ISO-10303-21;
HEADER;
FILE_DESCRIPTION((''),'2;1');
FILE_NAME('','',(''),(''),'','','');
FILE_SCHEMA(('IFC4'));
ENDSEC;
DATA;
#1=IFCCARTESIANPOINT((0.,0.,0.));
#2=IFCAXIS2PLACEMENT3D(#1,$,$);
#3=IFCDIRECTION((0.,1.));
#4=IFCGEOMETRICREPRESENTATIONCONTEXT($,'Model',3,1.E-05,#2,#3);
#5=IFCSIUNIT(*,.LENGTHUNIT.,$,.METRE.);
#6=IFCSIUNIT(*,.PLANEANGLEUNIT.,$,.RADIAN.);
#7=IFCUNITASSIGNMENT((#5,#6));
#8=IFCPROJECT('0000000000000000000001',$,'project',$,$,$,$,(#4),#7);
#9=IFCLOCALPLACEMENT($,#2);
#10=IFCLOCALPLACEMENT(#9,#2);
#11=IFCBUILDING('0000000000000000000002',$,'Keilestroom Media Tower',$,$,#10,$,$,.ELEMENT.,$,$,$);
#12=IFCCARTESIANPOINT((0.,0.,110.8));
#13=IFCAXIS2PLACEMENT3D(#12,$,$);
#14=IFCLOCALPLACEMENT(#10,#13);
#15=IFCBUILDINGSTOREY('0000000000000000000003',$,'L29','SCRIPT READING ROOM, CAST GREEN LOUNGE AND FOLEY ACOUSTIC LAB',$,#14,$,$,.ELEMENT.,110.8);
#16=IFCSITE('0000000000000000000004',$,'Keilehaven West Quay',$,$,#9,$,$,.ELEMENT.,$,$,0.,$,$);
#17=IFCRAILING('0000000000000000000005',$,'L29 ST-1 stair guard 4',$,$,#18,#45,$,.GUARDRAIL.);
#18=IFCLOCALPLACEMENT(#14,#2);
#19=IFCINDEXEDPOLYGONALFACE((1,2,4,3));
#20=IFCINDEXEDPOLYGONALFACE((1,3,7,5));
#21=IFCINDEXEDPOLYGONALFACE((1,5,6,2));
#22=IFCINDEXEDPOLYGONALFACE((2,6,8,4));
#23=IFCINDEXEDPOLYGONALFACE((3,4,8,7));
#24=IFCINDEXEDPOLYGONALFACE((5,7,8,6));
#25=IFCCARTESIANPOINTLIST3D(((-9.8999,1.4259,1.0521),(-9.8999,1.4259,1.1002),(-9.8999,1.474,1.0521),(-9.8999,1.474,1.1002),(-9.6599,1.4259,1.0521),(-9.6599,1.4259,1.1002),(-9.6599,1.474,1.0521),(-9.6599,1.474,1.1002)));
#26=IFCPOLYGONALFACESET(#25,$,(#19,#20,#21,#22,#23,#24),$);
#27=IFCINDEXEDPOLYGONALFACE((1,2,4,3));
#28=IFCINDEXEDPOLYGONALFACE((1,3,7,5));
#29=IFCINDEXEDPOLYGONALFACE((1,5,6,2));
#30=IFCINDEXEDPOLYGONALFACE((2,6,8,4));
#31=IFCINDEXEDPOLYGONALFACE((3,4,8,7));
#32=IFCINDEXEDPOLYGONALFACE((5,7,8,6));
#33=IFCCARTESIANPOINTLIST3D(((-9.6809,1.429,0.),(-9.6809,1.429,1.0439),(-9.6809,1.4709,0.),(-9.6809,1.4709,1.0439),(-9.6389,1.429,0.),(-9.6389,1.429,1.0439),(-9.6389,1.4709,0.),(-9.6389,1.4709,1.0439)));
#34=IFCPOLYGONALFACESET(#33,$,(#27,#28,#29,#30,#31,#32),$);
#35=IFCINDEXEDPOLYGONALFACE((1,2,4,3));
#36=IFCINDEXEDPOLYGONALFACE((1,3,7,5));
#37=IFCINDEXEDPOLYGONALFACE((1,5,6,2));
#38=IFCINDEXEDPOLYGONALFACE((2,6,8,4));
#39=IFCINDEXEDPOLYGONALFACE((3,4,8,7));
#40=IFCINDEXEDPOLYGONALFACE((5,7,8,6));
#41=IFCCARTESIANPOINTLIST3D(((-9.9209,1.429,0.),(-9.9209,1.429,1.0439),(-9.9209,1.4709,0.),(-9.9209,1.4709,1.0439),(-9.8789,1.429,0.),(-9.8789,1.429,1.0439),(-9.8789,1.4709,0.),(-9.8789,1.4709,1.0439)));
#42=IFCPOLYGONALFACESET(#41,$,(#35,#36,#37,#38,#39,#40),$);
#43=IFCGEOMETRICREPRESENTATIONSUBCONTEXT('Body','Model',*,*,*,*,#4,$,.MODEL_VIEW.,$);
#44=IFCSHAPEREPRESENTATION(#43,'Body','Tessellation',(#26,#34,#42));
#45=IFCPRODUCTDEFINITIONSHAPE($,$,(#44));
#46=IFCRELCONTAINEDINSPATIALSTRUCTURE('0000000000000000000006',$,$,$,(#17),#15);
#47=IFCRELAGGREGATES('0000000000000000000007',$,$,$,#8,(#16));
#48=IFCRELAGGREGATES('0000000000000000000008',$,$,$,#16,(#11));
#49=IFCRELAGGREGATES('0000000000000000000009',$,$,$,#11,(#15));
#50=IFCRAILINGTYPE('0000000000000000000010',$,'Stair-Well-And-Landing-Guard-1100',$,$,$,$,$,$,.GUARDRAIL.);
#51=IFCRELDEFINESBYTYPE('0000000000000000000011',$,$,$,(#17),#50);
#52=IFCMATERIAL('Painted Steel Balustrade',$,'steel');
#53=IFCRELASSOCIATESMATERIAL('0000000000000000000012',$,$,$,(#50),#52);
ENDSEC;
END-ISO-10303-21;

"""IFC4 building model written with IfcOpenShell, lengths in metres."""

from ifc_helpers import new_model, si_unit, direction, frame, origin, origin_2d, place, context, subcontext, project, spatial, rectangle, extrude, material, type_object, element, save


model = new_model("IFC4")

# Units and contexts
model_context = context("Model", 3, precision=1e-05, world=origin(), true_north=direction((0.0, 1.0)))
body_context = subcontext(model_context, "Body", "Model", "MODEL_VIEW")
ifc_project = project(units=[si_unit("LENGTHUNIT", "METRE"), si_unit("PLANEANGLEUNIT", "RADIAN")], contexts=[model_context])

# Site, building, storey
site_placement = place(None, origin())
site = spatial("IfcSite", under=ifc_project, at=site_placement, Name="Keilehaven West Quay", CompositionType="ELEMENT", RefElevation=0.0)
building_placement = place(site_placement, origin())
building = spatial("IfcBuilding", under=site, at=building_placement, Name="Keilestroom Media Tower", CompositionType="ELEMENT")
storey_placement = place(building_placement, frame((0.0, 0.0, 110.8)))
storey = spatial("IfcBuildingStorey", under=building, at=storey_placement, Name="L29", Description="SCRIPT READING ROOM, CAST GREEN LOUNGE AND FOLEY ACOUSTIC LAB", CompositionType="ELEMENT", Elevation=110.8)

# Railing
ifc_material_1 = material(Name="Painted Steel Balustrade", Category="steel")
railing_type_1 = type_object("IfcRailingType", Name="Stair-Well-And-Landing-Guard-1100", PredefinedType="GUARDRAIL", material=ifc_material_1)
railing_1_placement = place(storey_placement, frame((-9.6599, 1.45, 0.0)))
element("IfcRailing", 1, at=railing_1_placement, inside=storey, type_object=railing_type_1, Name="L29 ST-1 stair guard 4", PredefinedType="GUARDRAIL", context=body_context, shape_type="SweptSolid", body=[
    extrude(rectangle(XDim=0.0481, YDim=0.0481, at=origin_2d()), frame((0.0, 0.0, 1.0762), z_axis=(-1.0, 0.0, 0.0), x_axis=(0.0, -1.0, 0.0)), (0.0, 0.0, 1.0), 0.24),
    extrude(rectangle(XDim=0.042, YDim=0.042, at=origin_2d()), origin(), (0.0, 0.0, 1.0), 1.0439),
    extrude(rectangle(XDim=0.042, YDim=0.042, at=origin_2d()), frame((-0.24, 0.0, 0.0)), (0.0, 0.0, 1.0), 1.0439),
])

save(model, "model.ifc")
